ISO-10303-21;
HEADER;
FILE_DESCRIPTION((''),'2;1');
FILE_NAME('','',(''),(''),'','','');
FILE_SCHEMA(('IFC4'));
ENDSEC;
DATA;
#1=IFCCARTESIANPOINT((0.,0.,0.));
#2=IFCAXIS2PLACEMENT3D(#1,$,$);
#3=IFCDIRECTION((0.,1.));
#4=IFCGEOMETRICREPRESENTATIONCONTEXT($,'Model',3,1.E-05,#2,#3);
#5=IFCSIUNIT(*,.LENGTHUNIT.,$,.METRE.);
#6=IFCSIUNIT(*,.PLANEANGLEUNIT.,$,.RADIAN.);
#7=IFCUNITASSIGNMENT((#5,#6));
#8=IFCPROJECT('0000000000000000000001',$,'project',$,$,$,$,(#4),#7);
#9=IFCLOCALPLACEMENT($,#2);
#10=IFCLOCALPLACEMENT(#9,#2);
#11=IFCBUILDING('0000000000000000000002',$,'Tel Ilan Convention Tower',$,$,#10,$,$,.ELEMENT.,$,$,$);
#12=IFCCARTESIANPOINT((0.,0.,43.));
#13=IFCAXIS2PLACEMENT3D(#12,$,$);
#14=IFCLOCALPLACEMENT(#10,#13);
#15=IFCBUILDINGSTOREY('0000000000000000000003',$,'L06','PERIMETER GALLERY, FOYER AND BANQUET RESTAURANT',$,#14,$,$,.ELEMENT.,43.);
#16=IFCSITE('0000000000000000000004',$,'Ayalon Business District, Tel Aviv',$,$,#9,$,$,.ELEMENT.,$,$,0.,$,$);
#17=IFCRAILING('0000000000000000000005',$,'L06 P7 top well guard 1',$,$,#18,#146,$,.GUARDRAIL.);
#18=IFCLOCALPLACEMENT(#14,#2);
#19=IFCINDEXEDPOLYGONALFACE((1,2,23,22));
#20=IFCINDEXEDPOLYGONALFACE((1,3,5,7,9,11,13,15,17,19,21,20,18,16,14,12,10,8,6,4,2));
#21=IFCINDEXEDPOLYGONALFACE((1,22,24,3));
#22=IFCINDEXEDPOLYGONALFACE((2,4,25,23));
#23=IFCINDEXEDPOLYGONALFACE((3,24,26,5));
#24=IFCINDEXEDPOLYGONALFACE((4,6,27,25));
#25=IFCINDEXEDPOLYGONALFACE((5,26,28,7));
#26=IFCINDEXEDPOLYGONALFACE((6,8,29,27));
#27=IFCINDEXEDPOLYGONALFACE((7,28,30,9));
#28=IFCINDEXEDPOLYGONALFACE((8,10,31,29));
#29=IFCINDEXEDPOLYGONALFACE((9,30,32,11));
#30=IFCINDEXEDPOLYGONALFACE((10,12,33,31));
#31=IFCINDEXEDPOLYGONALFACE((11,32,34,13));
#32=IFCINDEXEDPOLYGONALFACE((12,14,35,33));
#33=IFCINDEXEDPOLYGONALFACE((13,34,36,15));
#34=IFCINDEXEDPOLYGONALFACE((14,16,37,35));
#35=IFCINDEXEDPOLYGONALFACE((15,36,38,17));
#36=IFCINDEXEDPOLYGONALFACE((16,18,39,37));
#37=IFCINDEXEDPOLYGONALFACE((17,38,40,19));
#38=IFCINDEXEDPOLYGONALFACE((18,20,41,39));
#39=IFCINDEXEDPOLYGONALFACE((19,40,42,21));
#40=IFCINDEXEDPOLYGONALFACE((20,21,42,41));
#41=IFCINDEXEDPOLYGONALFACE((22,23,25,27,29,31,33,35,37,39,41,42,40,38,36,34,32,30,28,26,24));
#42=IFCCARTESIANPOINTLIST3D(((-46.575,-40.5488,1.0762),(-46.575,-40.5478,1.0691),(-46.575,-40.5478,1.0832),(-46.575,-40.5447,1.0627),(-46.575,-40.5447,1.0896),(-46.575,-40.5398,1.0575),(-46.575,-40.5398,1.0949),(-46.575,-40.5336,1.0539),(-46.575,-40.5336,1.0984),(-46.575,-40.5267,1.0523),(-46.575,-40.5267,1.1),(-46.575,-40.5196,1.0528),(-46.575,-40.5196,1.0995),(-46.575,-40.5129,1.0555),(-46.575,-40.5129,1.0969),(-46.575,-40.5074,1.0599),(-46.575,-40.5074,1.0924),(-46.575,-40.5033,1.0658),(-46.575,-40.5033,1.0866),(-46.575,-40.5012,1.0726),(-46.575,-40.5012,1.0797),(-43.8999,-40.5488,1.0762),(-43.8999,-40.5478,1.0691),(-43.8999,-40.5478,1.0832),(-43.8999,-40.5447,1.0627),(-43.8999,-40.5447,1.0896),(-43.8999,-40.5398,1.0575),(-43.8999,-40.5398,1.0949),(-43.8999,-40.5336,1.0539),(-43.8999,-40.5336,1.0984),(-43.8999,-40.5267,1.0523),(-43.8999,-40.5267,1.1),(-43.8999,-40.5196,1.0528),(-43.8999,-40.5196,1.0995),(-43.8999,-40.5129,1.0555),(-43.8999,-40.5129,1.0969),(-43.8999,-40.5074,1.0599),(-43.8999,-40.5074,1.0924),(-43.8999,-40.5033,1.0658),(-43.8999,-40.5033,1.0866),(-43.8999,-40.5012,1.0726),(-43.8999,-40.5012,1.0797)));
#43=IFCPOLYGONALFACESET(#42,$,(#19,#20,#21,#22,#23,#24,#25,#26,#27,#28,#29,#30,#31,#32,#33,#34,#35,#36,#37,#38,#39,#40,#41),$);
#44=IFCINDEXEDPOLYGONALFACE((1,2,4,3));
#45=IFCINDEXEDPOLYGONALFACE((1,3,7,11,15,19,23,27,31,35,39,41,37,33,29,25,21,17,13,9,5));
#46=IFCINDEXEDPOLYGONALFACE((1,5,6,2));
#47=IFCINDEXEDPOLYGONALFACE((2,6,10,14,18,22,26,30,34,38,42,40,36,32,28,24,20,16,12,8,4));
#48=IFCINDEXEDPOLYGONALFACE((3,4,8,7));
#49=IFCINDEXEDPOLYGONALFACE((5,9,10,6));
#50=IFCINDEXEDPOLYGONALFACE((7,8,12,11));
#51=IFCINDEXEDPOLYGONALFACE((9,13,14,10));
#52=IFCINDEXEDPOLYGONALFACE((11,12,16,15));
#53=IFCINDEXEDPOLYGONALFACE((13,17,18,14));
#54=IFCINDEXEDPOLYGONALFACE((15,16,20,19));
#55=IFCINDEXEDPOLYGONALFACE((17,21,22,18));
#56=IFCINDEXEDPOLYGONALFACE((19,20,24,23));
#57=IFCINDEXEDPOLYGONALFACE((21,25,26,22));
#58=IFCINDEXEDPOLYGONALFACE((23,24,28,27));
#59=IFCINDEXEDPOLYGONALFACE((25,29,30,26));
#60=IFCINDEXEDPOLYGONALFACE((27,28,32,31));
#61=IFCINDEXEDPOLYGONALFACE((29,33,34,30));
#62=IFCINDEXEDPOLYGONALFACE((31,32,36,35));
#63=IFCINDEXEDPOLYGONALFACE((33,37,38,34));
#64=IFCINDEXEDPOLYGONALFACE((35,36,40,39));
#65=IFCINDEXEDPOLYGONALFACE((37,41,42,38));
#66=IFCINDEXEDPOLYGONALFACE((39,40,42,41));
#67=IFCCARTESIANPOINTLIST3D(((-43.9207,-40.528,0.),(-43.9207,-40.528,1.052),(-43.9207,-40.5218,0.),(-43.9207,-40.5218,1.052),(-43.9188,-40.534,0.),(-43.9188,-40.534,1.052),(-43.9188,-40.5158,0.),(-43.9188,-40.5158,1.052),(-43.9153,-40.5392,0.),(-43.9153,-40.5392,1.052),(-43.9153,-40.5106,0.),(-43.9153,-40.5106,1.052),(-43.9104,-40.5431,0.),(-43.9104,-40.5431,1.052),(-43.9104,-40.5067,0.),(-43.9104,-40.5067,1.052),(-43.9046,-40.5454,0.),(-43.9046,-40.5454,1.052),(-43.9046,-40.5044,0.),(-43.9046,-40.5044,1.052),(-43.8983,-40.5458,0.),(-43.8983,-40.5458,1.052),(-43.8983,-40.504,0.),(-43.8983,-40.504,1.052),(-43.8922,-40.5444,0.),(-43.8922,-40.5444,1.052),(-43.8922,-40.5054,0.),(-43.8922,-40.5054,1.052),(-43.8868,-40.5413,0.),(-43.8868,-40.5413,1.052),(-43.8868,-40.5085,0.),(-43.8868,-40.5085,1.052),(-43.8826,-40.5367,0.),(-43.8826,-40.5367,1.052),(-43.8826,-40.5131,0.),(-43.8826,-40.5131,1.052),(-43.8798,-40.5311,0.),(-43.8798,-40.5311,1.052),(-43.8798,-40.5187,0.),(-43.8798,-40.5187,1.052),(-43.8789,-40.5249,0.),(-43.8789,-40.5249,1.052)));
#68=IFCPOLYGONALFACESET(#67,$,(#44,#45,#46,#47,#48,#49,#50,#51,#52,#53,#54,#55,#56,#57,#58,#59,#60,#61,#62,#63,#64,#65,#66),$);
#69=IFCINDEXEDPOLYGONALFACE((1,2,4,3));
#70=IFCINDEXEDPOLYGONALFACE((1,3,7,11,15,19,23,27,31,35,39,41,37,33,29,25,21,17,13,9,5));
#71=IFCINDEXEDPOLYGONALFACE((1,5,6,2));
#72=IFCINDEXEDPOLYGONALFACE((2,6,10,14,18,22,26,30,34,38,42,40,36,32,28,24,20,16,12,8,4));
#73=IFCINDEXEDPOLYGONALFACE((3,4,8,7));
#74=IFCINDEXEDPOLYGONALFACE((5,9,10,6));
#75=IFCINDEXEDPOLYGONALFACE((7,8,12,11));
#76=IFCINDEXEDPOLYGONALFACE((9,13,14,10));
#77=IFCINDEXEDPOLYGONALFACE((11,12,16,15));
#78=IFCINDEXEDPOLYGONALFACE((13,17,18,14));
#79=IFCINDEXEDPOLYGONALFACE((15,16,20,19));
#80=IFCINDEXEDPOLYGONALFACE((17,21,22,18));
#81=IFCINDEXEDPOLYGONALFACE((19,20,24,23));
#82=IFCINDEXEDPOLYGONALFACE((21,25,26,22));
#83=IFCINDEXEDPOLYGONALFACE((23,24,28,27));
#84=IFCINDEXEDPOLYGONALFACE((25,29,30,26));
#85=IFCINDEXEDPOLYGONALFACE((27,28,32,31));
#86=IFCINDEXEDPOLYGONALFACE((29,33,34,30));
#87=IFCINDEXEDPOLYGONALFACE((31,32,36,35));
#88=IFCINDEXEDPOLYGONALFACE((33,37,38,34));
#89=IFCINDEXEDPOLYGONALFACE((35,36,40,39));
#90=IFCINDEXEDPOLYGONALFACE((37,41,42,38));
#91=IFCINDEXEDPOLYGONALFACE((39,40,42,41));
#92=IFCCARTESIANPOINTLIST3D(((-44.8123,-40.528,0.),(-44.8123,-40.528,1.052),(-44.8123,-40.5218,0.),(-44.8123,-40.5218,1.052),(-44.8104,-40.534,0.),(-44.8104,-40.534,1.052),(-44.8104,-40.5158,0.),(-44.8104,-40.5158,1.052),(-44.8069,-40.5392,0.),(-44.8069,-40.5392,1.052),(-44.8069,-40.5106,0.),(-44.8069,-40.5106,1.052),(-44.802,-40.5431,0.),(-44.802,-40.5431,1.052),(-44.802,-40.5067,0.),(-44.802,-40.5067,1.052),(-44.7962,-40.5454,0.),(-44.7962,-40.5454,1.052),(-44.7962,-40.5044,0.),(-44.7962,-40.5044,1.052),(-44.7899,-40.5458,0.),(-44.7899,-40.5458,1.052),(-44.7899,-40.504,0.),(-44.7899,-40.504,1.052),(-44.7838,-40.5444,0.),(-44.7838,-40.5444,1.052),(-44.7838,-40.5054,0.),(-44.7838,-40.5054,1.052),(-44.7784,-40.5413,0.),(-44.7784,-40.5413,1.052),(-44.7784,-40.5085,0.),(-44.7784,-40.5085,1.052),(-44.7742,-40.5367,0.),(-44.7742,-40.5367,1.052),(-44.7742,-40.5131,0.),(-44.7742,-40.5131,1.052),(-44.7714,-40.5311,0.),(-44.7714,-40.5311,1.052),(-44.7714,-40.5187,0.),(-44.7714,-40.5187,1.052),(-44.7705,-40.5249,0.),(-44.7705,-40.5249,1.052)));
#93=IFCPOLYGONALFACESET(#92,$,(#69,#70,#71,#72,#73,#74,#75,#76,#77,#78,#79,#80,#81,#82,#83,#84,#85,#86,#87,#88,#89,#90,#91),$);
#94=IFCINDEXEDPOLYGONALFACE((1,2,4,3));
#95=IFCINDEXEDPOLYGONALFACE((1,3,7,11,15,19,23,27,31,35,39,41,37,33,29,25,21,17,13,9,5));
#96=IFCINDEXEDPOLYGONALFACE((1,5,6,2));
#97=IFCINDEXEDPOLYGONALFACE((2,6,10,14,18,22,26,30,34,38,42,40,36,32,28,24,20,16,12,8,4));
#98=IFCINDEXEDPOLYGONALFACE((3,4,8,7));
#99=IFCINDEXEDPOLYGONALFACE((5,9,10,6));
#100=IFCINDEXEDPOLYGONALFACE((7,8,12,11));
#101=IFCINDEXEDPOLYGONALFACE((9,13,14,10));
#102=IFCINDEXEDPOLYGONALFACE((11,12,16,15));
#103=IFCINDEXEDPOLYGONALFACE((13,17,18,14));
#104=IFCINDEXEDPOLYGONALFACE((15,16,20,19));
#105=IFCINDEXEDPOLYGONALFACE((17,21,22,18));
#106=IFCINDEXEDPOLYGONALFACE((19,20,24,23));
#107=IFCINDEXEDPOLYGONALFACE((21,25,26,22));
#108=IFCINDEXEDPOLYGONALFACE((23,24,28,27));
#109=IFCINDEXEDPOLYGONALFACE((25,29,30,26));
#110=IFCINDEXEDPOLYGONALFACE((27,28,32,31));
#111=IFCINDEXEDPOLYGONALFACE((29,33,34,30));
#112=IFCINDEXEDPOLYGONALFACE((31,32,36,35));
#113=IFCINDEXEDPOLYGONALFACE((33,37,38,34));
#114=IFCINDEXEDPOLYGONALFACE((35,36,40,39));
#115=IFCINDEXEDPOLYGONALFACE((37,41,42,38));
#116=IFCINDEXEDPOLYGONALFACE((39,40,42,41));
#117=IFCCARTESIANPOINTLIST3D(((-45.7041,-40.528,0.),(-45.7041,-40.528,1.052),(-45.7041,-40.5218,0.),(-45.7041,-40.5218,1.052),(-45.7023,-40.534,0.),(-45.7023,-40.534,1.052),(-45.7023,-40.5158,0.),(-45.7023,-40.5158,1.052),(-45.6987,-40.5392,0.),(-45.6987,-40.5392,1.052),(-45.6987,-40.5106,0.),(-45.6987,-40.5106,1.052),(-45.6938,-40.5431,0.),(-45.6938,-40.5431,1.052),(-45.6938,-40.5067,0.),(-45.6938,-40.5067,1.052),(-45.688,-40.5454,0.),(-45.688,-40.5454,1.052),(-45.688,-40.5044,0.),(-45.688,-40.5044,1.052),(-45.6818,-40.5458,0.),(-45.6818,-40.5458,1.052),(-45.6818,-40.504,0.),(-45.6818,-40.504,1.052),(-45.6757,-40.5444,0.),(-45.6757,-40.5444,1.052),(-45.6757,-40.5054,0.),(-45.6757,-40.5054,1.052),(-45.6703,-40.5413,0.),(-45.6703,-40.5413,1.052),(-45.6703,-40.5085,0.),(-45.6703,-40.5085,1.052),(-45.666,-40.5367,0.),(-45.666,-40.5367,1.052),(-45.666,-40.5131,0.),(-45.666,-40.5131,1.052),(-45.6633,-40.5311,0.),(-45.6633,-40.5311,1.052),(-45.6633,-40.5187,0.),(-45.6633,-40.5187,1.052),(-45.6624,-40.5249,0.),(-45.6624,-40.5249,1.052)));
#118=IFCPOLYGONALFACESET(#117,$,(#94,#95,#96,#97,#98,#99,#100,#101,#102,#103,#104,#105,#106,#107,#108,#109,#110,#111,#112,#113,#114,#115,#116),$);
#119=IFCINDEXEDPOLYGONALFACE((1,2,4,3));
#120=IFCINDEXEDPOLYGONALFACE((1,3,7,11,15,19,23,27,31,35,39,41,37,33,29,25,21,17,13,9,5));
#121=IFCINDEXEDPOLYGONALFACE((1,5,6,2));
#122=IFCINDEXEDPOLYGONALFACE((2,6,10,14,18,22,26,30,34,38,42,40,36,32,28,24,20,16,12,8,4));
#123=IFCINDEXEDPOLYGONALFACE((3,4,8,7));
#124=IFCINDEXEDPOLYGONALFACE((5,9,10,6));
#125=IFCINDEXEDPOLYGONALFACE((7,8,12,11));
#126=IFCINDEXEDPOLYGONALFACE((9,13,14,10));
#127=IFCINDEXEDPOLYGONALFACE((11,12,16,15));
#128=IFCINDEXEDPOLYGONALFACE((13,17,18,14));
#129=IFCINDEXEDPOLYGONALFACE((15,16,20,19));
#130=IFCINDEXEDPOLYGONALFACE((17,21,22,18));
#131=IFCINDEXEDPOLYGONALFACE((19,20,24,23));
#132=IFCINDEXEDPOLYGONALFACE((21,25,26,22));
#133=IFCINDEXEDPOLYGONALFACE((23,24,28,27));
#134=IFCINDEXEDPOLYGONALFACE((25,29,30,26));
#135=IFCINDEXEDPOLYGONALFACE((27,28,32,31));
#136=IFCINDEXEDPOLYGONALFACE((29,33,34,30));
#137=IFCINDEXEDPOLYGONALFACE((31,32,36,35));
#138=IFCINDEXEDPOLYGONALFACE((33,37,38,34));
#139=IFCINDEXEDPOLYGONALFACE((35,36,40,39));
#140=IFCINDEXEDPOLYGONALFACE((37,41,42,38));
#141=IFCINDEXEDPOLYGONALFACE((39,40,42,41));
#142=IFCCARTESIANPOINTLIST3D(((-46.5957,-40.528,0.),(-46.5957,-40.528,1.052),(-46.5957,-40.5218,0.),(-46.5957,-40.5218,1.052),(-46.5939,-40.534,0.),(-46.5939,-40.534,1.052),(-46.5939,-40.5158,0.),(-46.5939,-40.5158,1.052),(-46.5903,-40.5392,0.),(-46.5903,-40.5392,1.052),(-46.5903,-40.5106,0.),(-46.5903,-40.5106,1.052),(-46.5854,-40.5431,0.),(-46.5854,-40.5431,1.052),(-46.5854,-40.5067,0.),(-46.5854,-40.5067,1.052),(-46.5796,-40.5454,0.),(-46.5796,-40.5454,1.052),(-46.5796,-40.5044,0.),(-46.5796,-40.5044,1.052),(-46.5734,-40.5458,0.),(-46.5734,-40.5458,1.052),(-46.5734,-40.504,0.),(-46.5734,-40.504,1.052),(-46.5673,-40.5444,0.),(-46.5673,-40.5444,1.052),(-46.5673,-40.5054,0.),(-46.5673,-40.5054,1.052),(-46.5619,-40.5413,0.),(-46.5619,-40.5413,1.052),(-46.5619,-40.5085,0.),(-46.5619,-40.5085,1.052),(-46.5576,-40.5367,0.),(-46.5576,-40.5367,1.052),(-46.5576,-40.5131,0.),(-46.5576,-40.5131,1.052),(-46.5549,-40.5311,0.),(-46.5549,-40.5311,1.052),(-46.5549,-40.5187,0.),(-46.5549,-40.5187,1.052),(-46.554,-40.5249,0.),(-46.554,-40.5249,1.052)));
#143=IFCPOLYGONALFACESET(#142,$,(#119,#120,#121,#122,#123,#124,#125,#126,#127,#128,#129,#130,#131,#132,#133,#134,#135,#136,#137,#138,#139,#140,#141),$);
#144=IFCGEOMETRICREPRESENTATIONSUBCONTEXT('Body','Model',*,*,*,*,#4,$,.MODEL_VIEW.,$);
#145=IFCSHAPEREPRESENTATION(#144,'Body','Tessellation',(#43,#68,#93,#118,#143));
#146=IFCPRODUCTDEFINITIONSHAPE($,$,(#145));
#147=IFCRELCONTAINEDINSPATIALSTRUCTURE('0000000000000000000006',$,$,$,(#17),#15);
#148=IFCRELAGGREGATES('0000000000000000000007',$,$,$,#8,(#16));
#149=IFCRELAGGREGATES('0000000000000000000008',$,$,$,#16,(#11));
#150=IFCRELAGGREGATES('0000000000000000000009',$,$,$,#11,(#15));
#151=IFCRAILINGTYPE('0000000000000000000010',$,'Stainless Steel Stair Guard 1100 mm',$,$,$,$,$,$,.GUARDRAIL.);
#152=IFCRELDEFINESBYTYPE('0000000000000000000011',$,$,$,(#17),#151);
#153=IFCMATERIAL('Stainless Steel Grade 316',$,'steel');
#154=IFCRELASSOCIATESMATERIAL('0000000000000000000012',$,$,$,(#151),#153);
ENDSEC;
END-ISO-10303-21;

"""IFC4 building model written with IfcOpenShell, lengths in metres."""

from ifc_helpers import new_model, si_unit, direction, frame, origin, origin_2d, place, context, subcontext, project, spatial, circle, extrude, material, type_object, element, save


model = new_model("IFC4")

# Units and contexts
model_context = context("Model", 3, precision=1e-05, world=origin(), true_north=direction((0.0, 1.0)))
body_context = subcontext(model_context, "Body", "Model", "MODEL_VIEW")
ifc_project = project(units=[si_unit("LENGTHUNIT", "METRE"), si_unit("PLANEANGLEUNIT", "RADIAN")], contexts=[model_context])

# Site, building, storey
site_placement = place(None, origin())
site = spatial("IfcSite", under=ifc_project, at=site_placement, Name="Ayalon Business District, Tel Aviv", CompositionType="ELEMENT", RefElevation=0.0)
building_placement = place(site_placement, origin())
building = spatial("IfcBuilding", under=site, at=building_placement, Name="Tel Ilan Convention Tower", CompositionType="ELEMENT")
storey_placement = place(building_placement, frame((0.0, 0.0, 43.0)))
storey = spatial("IfcBuildingStorey", under=building, at=storey_placement, Name="L06", Description="PERIMETER GALLERY, FOYER AND BANQUET RESTAURANT", CompositionType="ELEMENT", Elevation=43.0)

# Railing
ifc_material_1 = material(Name="Stainless Steel Grade 316", Category="steel")
railing_type = type_object("IfcRailingType", Name="Stainless Steel Stair Guard 1100 mm", PredefinedType="GUARDRAIL", material=ifc_material_1)
railing_placement = place(storey_placement, frame((-43.8999, -40.5249, 0.0)))
element("IfcRailing", 1, at=railing_placement, inside=storey, type_object=railing_type, Name="L06 P7 top well guard 1", PredefinedType="GUARDRAIL", context=body_context, shape_type="SweptSolid", body=[
    extrude(circle(Radius=0.0239, at=origin_2d()), frame((0.0, 0.0, 1.0762), z_axis=(-1.0, 0.0, 0.0), x_axis=(0.0, -1.0, 0.0)), (0.0, 0.0, 1.0), 2.675),
    extrude(circle(Radius=0.021, at=origin_2d()), origin(), (0.0, 0.0, 1.0), 1.052),
    extrude(circle(Radius=0.021, at=origin_2d()), frame((-0.8916, 0.0, 0.0)), (0.0, 0.0, 1.0), 1.052),
    extrude(circle(Radius=0.021, at=origin_2d()), frame((-1.7834, 0.0, 0.0)), (0.0, 0.0, 1.0), 1.052),
    extrude(circle(Radius=0.021, at=origin_2d()), frame((-2.675, 0.0, 0.0)), (0.0, 0.0, 1.0), 1.052),
])

save(model, "model.ifc")
